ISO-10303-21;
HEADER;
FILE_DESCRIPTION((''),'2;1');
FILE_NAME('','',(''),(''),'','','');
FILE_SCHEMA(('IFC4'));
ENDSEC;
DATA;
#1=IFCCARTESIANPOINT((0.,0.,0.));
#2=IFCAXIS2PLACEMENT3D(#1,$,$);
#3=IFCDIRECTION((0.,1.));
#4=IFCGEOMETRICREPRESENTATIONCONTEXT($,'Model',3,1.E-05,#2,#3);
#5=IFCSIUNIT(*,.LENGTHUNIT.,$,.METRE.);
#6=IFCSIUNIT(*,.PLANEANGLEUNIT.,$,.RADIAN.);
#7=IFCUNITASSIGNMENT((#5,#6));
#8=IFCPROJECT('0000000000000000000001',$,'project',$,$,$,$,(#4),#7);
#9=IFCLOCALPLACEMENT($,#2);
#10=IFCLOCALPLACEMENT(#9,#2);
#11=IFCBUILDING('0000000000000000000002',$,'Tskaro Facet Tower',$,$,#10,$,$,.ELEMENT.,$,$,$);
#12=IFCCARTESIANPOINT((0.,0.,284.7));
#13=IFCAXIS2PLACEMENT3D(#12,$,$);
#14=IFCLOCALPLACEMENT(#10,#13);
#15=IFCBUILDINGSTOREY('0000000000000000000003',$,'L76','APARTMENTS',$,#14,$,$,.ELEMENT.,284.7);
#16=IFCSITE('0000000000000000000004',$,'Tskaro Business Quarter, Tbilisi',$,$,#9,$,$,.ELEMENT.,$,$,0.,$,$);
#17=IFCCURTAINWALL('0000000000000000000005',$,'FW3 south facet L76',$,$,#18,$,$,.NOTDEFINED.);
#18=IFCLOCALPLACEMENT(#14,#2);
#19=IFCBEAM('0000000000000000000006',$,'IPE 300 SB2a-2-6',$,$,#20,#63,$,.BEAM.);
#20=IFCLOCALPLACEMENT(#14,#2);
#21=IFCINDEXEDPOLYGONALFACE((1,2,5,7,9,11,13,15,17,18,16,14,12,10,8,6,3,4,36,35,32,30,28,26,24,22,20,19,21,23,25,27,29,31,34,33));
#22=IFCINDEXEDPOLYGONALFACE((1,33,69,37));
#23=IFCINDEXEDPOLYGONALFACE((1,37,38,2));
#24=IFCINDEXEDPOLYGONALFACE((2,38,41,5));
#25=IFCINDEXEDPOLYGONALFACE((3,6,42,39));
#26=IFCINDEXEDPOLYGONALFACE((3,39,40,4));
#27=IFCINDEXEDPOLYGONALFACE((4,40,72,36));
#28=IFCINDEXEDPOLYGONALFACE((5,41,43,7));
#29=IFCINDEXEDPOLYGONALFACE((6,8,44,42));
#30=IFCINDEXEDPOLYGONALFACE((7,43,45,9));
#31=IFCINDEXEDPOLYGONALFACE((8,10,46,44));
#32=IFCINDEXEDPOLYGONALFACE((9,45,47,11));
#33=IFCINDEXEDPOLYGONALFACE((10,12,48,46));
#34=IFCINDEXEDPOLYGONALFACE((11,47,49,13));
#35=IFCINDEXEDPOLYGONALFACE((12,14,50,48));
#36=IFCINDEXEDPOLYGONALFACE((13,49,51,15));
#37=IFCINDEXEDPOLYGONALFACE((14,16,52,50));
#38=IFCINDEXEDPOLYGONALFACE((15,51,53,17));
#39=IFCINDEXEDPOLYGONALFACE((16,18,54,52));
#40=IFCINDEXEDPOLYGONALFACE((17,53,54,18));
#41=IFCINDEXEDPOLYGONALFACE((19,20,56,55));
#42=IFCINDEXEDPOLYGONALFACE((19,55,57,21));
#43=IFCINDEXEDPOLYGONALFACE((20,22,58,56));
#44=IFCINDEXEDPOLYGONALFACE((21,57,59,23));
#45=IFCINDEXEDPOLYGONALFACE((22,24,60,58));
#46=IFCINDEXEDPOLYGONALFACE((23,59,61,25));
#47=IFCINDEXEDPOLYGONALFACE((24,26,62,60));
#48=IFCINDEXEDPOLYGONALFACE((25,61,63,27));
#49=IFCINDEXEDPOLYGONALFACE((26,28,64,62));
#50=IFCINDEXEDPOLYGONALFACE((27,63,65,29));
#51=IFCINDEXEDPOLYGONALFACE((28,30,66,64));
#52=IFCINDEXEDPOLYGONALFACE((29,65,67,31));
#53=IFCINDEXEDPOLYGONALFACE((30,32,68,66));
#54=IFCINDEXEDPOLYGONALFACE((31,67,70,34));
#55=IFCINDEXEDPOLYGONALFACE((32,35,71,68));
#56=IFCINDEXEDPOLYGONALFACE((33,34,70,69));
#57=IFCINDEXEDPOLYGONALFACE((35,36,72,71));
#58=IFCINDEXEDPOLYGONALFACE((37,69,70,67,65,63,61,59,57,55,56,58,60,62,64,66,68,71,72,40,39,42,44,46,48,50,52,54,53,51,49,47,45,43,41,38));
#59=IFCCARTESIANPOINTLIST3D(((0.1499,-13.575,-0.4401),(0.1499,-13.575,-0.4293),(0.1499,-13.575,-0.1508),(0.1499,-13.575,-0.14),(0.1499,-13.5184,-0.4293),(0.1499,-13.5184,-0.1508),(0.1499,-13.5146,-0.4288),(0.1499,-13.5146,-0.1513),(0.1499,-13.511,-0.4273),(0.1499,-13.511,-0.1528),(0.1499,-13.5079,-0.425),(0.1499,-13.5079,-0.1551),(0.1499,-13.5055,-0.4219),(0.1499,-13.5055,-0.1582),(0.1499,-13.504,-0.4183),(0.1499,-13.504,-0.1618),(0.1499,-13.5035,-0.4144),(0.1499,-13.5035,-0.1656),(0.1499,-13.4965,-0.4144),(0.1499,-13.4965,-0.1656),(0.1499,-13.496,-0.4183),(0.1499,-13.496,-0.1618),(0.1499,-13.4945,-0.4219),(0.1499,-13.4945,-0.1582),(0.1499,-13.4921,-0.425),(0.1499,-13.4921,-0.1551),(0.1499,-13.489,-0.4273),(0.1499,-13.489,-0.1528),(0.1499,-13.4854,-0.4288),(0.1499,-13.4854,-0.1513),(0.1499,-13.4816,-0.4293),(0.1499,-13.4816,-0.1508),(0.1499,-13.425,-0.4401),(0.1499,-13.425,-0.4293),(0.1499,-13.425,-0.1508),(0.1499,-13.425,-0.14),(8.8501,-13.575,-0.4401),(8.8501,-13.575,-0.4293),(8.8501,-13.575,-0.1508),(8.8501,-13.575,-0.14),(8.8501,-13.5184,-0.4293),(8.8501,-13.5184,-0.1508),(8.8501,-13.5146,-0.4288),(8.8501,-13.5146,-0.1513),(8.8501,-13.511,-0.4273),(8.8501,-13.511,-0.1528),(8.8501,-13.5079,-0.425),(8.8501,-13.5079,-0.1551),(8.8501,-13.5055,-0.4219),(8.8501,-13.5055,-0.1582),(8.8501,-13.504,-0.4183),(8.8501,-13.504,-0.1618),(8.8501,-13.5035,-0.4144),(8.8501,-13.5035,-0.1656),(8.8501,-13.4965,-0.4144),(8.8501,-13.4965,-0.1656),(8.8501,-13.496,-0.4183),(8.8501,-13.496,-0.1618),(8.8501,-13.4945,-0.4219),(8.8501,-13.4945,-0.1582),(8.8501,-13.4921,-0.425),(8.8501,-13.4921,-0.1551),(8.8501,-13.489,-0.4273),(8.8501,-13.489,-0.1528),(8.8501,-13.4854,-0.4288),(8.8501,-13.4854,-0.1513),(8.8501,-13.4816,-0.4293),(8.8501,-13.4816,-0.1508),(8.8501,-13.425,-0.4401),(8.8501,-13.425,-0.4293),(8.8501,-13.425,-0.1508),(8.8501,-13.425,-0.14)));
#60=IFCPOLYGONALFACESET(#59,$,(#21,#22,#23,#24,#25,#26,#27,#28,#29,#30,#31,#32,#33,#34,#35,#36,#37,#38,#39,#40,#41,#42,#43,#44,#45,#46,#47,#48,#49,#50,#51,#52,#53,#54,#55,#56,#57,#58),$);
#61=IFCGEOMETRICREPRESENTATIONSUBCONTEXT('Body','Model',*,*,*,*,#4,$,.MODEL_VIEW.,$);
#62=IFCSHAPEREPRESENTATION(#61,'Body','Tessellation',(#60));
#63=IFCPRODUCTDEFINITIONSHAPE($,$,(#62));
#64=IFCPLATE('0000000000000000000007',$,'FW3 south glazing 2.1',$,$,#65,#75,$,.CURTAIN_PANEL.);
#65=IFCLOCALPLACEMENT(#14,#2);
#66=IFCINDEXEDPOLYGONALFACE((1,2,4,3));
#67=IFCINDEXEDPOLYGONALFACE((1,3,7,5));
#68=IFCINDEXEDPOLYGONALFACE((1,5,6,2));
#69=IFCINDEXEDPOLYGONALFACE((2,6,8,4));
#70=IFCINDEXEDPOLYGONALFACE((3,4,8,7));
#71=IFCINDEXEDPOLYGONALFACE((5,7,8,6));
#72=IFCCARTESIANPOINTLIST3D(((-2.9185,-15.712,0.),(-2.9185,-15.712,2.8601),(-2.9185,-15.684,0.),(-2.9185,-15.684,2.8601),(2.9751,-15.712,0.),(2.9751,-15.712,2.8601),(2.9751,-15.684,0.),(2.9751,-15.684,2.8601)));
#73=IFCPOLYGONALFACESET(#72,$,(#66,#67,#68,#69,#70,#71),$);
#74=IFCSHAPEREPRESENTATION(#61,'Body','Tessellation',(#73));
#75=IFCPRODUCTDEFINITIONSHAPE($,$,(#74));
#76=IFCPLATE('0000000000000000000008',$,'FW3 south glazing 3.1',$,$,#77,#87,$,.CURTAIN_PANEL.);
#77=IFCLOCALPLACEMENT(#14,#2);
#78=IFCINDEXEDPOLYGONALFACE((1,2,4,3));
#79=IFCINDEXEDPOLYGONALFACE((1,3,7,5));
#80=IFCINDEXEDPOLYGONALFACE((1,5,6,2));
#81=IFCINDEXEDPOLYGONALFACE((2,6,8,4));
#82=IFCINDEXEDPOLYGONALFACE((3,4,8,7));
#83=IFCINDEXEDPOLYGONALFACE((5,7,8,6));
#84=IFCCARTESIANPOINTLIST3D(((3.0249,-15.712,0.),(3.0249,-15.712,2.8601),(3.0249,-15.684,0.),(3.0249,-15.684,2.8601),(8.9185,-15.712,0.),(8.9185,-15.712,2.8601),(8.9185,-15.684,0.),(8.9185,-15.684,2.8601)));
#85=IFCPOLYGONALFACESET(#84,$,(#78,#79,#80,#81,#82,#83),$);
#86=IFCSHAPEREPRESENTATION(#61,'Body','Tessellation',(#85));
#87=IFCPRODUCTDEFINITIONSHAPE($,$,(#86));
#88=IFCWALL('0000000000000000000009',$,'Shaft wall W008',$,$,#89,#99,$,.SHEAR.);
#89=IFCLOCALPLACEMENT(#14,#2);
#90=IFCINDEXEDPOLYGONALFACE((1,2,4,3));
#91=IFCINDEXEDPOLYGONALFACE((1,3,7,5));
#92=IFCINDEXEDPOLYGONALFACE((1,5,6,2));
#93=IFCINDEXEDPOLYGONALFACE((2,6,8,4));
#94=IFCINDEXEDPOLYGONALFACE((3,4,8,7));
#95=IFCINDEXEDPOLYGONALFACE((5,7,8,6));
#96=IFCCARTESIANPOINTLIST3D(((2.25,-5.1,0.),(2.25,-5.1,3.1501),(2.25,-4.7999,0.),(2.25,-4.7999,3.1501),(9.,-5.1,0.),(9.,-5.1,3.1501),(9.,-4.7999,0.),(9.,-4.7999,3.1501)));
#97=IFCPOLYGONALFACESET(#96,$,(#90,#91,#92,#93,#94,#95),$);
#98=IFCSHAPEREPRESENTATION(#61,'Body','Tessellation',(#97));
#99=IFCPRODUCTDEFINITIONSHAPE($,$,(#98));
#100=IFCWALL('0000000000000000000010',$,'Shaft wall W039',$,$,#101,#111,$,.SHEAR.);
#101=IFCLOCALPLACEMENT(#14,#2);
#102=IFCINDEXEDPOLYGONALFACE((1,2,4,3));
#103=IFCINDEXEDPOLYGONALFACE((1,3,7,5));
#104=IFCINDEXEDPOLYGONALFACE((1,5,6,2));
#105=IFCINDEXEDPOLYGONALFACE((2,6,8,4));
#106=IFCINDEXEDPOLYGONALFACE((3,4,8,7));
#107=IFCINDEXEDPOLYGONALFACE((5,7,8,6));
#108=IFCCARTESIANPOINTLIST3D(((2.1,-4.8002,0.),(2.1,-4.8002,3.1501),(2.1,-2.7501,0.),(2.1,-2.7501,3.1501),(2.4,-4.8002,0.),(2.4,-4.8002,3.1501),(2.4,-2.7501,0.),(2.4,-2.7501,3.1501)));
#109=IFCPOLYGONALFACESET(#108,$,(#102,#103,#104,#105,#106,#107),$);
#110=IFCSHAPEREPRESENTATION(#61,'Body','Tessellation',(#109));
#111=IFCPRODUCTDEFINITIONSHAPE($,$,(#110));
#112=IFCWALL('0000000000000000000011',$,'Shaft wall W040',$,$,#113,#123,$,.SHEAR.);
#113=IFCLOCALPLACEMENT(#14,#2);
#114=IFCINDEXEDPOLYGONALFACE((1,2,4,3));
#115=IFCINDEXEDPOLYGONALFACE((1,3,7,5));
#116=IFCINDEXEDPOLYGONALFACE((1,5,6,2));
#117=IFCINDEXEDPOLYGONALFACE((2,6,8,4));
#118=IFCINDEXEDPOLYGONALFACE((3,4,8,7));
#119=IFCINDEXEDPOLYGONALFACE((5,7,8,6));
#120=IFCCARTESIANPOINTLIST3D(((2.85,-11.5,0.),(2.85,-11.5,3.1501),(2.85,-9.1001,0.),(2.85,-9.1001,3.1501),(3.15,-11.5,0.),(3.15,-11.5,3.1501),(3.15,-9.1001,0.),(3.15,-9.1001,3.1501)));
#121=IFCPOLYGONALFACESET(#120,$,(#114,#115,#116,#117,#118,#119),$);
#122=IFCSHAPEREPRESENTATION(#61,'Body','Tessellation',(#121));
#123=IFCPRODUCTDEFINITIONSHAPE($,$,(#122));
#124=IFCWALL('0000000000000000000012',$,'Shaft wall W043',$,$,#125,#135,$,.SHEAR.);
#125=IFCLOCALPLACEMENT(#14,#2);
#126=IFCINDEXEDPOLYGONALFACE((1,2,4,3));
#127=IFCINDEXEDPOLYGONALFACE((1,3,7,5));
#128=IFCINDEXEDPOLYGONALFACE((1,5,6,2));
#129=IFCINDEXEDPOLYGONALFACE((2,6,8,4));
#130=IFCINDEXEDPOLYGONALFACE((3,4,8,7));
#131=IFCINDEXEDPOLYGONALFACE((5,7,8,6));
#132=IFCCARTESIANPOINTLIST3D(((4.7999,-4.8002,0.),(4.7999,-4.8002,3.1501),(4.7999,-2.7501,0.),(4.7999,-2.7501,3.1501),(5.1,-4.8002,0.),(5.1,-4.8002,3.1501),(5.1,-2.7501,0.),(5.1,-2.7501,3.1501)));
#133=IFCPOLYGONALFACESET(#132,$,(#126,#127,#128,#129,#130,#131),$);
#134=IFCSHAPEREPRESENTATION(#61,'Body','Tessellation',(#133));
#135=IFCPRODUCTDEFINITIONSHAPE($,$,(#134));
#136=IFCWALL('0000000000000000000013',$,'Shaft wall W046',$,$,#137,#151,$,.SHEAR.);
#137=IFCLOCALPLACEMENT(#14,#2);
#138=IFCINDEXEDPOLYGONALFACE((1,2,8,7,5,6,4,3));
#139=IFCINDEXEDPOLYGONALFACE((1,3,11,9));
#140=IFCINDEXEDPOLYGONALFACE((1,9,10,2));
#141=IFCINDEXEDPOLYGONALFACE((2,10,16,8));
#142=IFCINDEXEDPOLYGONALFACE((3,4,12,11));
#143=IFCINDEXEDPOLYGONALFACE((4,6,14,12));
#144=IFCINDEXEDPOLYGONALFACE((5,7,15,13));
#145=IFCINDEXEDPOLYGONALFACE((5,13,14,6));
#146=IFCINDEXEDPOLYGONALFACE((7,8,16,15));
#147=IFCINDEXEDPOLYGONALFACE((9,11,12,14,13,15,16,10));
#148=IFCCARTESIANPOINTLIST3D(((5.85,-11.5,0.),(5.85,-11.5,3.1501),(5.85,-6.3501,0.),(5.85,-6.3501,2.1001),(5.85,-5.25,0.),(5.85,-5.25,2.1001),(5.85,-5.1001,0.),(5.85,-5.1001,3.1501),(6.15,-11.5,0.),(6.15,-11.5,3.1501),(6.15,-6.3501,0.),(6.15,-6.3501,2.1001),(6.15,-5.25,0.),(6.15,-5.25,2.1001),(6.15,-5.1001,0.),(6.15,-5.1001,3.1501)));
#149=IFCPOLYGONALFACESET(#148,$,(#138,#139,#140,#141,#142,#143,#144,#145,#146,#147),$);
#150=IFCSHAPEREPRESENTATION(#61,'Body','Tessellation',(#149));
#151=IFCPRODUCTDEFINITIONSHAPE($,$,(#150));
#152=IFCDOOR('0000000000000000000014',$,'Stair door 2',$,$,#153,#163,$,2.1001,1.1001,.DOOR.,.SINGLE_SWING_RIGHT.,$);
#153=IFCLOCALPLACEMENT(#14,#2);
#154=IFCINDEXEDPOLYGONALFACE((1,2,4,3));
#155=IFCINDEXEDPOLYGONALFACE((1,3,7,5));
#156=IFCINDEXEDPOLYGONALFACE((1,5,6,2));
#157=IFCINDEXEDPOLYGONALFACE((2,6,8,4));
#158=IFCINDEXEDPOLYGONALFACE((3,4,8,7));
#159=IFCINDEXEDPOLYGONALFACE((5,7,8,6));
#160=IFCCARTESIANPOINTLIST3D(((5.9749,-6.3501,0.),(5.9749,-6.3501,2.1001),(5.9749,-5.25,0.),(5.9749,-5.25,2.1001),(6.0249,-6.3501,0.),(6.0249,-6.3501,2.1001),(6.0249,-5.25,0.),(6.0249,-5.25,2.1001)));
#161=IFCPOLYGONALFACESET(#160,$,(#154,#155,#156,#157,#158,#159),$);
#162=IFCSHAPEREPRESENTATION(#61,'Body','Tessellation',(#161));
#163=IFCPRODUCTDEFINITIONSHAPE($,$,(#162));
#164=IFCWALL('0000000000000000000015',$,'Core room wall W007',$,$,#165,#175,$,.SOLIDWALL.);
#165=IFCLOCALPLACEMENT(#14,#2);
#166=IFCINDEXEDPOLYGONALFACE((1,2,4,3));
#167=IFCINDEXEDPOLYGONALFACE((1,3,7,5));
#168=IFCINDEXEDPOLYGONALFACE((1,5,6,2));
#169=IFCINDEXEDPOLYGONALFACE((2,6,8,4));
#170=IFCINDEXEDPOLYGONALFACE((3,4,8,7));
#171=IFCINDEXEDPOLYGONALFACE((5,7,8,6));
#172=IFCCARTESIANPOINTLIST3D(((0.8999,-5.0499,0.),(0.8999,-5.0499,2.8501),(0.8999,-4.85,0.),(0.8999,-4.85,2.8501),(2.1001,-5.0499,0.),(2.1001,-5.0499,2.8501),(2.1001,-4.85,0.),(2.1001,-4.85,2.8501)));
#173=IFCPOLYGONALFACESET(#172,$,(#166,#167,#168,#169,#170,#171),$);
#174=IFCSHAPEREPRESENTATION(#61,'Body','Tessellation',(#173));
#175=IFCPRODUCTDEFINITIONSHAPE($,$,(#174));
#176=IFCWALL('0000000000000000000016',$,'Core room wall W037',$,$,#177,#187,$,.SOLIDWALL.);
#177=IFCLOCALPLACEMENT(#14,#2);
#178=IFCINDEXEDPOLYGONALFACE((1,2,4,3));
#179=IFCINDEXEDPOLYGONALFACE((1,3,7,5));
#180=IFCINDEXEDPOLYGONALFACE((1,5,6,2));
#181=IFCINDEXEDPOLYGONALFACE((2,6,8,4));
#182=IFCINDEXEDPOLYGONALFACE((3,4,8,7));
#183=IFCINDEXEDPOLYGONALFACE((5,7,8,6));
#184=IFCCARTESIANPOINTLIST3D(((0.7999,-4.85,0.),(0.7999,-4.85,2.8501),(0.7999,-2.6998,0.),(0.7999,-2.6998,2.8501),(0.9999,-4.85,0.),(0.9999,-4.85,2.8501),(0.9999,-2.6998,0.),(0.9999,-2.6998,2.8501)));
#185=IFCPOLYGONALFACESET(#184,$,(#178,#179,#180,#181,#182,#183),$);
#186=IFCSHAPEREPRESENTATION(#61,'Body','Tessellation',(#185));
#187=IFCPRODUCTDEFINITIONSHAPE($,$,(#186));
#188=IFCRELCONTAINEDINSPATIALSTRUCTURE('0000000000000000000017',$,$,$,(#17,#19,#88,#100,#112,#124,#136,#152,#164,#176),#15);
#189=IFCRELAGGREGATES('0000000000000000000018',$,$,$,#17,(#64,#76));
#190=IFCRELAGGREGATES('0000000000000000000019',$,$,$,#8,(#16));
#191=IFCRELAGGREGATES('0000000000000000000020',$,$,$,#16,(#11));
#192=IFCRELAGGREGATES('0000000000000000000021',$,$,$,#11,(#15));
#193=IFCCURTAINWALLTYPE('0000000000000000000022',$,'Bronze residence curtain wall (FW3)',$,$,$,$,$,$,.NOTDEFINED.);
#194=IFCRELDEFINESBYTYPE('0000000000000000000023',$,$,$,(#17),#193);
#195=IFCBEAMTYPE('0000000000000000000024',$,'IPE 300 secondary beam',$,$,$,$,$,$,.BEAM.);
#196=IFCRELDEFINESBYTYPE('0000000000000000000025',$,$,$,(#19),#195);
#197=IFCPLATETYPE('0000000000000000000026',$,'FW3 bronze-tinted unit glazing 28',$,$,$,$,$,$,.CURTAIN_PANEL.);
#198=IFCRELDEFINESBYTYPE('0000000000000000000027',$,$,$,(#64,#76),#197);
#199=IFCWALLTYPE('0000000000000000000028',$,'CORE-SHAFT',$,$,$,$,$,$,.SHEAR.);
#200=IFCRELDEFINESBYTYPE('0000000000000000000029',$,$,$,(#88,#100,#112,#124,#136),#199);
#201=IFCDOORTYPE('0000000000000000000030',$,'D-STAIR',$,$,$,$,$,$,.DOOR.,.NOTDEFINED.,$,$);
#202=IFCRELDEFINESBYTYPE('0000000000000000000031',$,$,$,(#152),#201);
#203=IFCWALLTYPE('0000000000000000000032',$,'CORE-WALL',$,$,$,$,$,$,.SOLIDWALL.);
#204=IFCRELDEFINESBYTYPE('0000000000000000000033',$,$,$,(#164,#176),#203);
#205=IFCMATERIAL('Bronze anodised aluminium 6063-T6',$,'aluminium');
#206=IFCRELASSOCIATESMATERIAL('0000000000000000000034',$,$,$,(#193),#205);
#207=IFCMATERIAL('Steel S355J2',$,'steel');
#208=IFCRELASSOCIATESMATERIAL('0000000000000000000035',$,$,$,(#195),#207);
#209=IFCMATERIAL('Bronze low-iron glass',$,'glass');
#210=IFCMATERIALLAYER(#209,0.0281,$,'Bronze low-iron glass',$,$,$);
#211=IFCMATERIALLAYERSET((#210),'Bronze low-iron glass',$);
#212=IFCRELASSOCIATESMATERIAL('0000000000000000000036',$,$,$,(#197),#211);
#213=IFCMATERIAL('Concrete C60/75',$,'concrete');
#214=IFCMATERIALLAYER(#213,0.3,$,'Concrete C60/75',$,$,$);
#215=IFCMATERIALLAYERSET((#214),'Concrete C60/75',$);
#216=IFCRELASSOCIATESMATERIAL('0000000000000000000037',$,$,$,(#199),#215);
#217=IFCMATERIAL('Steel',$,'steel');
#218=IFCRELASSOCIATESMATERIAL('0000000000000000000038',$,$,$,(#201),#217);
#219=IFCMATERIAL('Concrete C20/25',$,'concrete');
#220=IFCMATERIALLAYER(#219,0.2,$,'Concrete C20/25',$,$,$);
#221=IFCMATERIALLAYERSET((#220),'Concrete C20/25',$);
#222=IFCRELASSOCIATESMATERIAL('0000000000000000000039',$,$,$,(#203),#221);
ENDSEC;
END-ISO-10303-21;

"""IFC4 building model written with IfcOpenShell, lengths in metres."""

from ifc_helpers import new_model, si_unit, direction, frame, frame_2d, origin, origin_2d, place, context, subcontext, project, spatial, rectangle, i_section, extrude, material, layer, layer_set, material_profile, profile_set, type_object, element, fill, aggregate, save


model = new_model("IFC4")

# Units and contexts
model_context = context("Model", 3, precision=1e-05, world=origin(), true_north=direction((0.0, 1.0)))
body_context = subcontext(model_context, "Body", "Model", "MODEL_VIEW")
ifc_project = project(units=[si_unit("LENGTHUNIT", "METRE"), si_unit("PLANEANGLEUNIT", "RADIAN")], contexts=[model_context])

# Site, building, storey
site_placement = place(None, origin())
site = spatial("IfcSite", under=ifc_project, at=site_placement, Name="Tskaro Business Quarter, Tbilisi", CompositionType="ELEMENT", RefElevation=0.0)
building_placement = place(site_placement, origin())
building = spatial("IfcBuilding", under=site, at=building_placement, Name="Tskaro Facet Tower", CompositionType="ELEMENT")
storey_placement = place(building_placement, frame((0.0, 0.0, 284.7)))
storey = spatial("IfcBuildingStorey", under=building, at=storey_placement, Name="L76", Description="APARTMENTS", CompositionType="ELEMENT", Elevation=284.7)

# Shared definitions
ifc_material_1 = material(Name="Steel S355J2", Category="steel")

# Curtain wall
ifc_material_2 = material(Name="Bronze anodised aluminium 6063-T6", Category="aluminium")
curtain_wall_type = type_object("IfcCurtainWallType", Name="Bronze residence curtain wall (FW3)", PredefinedType="NOTDEFINED", material=ifc_material_2)
curtain_wall_placement = place(storey_placement, origin())
curtain_wall = element("IfcCurtainWall", 1, at=curtain_wall_placement, inside=storey, type_object=curtain_wall_type, Name="FW3 south facet L76", PredefinedType="NOTDEFINED")

# Beam
ifc_material_profile_1 = material_profile(ifc_material_1, i_section(OverallWidth=0.1499, OverallDepth=0.3, WebThickness=0.0071, FlangeThickness=0.0107, FilletRadius=0.0149, at=origin_2d()), Name="IPE 300")
ifc_profile_set_1 = profile_set([ifc_material_profile_1], Name="Steel S355J2")
beam_type_1 = type_object("IfcBeamType", Name="IPE 300 secondary beam", PredefinedType="BEAM", material=ifc_profile_set_1)
beam_1_placement = place(storey_placement, frame((0.1499, -13.5, -0.29), z_axis=(1.0, 0.0, 0.0), x_axis=(0.0, 1.0, 0.0)))
element("IfcBeam", 2, at=beam_1_placement, inside=storey, type_object=beam_type_1, Name="IPE 300 SB2a-2-6", PredefinedType="BEAM", context=body_context, shape_type="SweptSolid", body=[
    extrude(i_section(OverallWidth=0.1499, OverallDepth=0.3, WebThickness=0.0071, FlangeThickness=0.0107, FilletRadius=0.0149, at=origin_2d()), origin(), (0.0, 0.0, 1.0), 8.7002),
])

# Plates
ifc_material_3 = material(Name="Bronze low-iron glass", Category="glass")
ifc_layer_1 = layer(ifc_material_3, 0.0281, Name="Bronze low-iron glass")
ifc_layer_set_1 = layer_set([ifc_layer_1], Name="Bronze low-iron glass")
plate_type = type_object("IfcPlateType", Name="FW3 bronze-tinted unit glazing 28", PredefinedType="CURTAIN_PANEL", material=ifc_layer_set_1)
plate_1_placement = place(storey_placement, frame((0.0283, -15.698, 0.0), z_axis=(0.0, 0.0, 1.0), x_axis=(1.0, 0.0, 0.0)))
plate_1 = element("IfcPlate", 3, at=plate_1_placement, type_object=plate_type, Name="FW3 south glazing 2.1", PredefinedType="CURTAIN_PANEL", context=body_context, shape_type="SweptSolid", body=[
    extrude(rectangle(XDim=5.8936, YDim=0.0281, at=origin_2d()), origin(), (0.0, 0.0, 1.0), 2.8601),
])
plate_2_placement = place(storey_placement, frame((5.9717, -15.698, 0.0), z_axis=(0.0, 0.0, 1.0), x_axis=(1.0, 0.0, 0.0)))
plate_2 = element("IfcPlate", 4, at=plate_2_placement, type_object=plate_type, Name="FW3 south glazing 3.1", PredefinedType="CURTAIN_PANEL", context=body_context, shape_type="SweptSolid", body=[
    extrude(rectangle(XDim=5.8936, YDim=0.0281, at=origin_2d()), origin(), (0.0, 0.0, 1.0), 2.8601),
])
aggregate(curtain_wall, [plate_1, plate_2])

# Walls
ifc_material_4 = material(Name="Concrete C60/75", Category="concrete")
ifc_layer_2 = layer(ifc_material_4, 0.3, Name="Concrete C60/75")
ifc_layer_set_2 = layer_set([ifc_layer_2], Name="Concrete C60/75")
wall_type_1 = type_object("IfcWallType", Name="CORE-SHAFT", PredefinedType="SHEAR", material=ifc_layer_set_2)
wall_1_placement = place(storey_placement, frame((2.25, -4.95, 0.0), z_axis=(0.0, 0.0, 1.0), x_axis=(1.0, 0.0, 0.0)))
element("IfcWall", 5, at=wall_1_placement, inside=storey, type_object=wall_type_1, Name="Shaft wall W008", PredefinedType="SHEAR", context=body_context, shape_type="SweptSolid", body=[
    extrude(rectangle(XDim=6.75, YDim=0.3, at=frame_2d((3.375, 0.0))), origin(), (0.0, 0.0, 1.0), 3.1501),
])
wall_2_placement = place(storey_placement, frame((2.25, -4.8, 0.0), z_axis=(0.0, 0.0, 1.0), x_axis=(0.0, 1.0, 0.0)))
element("IfcWall", 6, at=wall_2_placement, inside=storey, type_object=wall_type_1, Name="Shaft wall W039", PredefinedType="SHEAR", context=body_context, shape_type="SweptSolid", body=[
    extrude(rectangle(XDim=2.05, YDim=0.3, at=frame_2d((1.0249, 0.0))), origin(), (0.0, 0.0, 1.0), 3.1501),
])
wall_3_placement = place(storey_placement, frame((3.0, -11.5, 0.0), z_axis=(0.0, 0.0, 1.0), x_axis=(0.0, 1.0, 0.0)))
element("IfcWall", 7, at=wall_3_placement, inside=storey, type_object=wall_type_1, Name="Shaft wall W040", PredefinedType="SHEAR", context=body_context, shape_type="SweptSolid", body=[
    extrude(rectangle(XDim=2.3999, YDim=0.3, at=frame_2d((1.2, 0.0))), origin(), (0.0, 0.0, 1.0), 3.1501),
])
wall_4_placement = place(storey_placement, frame((4.95, -4.8, 0.0), z_axis=(0.0, 0.0, 1.0), x_axis=(0.0, 1.0, 0.0)))
element("IfcWall", 8, at=wall_4_placement, inside=storey, type_object=wall_type_1, Name="Shaft wall W043", PredefinedType="SHEAR", context=body_context, shape_type="SweptSolid", body=[
    extrude(rectangle(XDim=2.05, YDim=0.3, at=frame_2d((1.0249, 0.0))), origin(), (0.0, 0.0, 1.0), 3.1501),
])

# Wall, opening, door
wall_5_placement = place(storey_placement, frame((6.0, -5.1001, 0.0), z_axis=(0.0, 0.0, 1.0), x_axis=(0.0, -1.0, 0.0)))
wall_5 = element("IfcWall", 9, at=wall_5_placement, inside=storey, type_object=wall_type_1, Name="Shaft wall W046", PredefinedType="SHEAR", context=body_context, shape_type="SweptSolid", body=[
    extrude(rectangle(XDim=6.3999, YDim=0.3, at=frame_2d((3.2, 0.0))), origin(), (0.0, 0.0, 1.0), 3.1501),
])
opening_placement = place(wall_5_placement, frame((0.1499, 0.0, 0.0)))
opening = element("IfcOpeningElement", 10, at=opening_placement, cuts=wall_5, PredefinedType="OPENING", context=body_context, shape_type="SweptSolid", body=[
    extrude(rectangle(XDim=1.1001, YDim=2.1001, at=frame_2d((0.55, 1.05))), frame((0.0, 0.1599, 0.0), z_axis=(0.0, -1.0, 0.0), x_axis=(1.0, 0.0, 0.0)), (0.0, 0.0, 1.0), 0.3201),
])
ifc_material_5 = material(Name="Steel", Category="steel")
door_type = type_object("IfcDoorType", Name="D-STAIR", OperationType="NOTDEFINED", PredefinedType="DOOR", material=ifc_material_5)
door_placement = place(opening_placement, origin())
door = element("IfcDoor", 11, at=door_placement, inside=storey, type_object=door_type, Name="Stair door 2", OperationType="SINGLE_SWING_RIGHT", OverallHeight=2.1001, OverallWidth=1.1001, PredefinedType="DOOR", context=body_context, shape_type="SweptSolid", body=[
    extrude(rectangle(XDim=1.1001, YDim=2.1001, at=frame_2d((0.55, 1.05))), frame((0.0, 0.0249, 0.0), z_axis=(0.0, -1.0, 0.0), x_axis=(1.0, 0.0, 0.0)), (0.0, 0.0, 1.0), 0.05),
])
fill(opening, door)

# Walls
ifc_material_6 = material(Name="Concrete C20/25", Category="concrete")
ifc_layer_3 = layer(ifc_material_6, 0.2, Name="Concrete C20/25")
ifc_layer_set_3 = layer_set([ifc_layer_3], Name="Concrete C20/25")
wall_type_2 = type_object("IfcWallType", Name="CORE-WALL", PredefinedType="SOLIDWALL", material=ifc_layer_set_3)
wall_6_placement = place(storey_placement, frame((0.8999, -4.95, 0.0), z_axis=(0.0, 0.0, 1.0), x_axis=(1.0, 0.0, 0.0)))
element("IfcWall", 12, at=wall_6_placement, inside=storey, type_object=wall_type_2, Name="Core room wall W007", PredefinedType="SOLIDWALL", context=body_context, shape_type="SweptSolid", body=[
    extrude(rectangle(XDim=1.2002, YDim=0.2, at=frame_2d((0.6001, 0.0))), origin(), (0.0, 0.0, 1.0), 2.8501),
])
wall_7_placement = place(storey_placement, frame((0.8999, -4.8501, 0.0), z_axis=(0.0, 0.0, 1.0), x_axis=(0.0, 1.0, 0.0)))
element("IfcWall", 13, at=wall_7_placement, inside=storey, type_object=wall_type_2, Name="Core room wall W037", PredefinedType="SOLIDWALL", context=body_context, shape_type="SweptSolid", body=[
    extrude(rectangle(XDim=2.1501, YDim=0.2, at=frame_2d((1.0752, 0.0))), origin(), (0.0, 0.0, 1.0), 2.8501),
])

save(model, "model.ifc")
